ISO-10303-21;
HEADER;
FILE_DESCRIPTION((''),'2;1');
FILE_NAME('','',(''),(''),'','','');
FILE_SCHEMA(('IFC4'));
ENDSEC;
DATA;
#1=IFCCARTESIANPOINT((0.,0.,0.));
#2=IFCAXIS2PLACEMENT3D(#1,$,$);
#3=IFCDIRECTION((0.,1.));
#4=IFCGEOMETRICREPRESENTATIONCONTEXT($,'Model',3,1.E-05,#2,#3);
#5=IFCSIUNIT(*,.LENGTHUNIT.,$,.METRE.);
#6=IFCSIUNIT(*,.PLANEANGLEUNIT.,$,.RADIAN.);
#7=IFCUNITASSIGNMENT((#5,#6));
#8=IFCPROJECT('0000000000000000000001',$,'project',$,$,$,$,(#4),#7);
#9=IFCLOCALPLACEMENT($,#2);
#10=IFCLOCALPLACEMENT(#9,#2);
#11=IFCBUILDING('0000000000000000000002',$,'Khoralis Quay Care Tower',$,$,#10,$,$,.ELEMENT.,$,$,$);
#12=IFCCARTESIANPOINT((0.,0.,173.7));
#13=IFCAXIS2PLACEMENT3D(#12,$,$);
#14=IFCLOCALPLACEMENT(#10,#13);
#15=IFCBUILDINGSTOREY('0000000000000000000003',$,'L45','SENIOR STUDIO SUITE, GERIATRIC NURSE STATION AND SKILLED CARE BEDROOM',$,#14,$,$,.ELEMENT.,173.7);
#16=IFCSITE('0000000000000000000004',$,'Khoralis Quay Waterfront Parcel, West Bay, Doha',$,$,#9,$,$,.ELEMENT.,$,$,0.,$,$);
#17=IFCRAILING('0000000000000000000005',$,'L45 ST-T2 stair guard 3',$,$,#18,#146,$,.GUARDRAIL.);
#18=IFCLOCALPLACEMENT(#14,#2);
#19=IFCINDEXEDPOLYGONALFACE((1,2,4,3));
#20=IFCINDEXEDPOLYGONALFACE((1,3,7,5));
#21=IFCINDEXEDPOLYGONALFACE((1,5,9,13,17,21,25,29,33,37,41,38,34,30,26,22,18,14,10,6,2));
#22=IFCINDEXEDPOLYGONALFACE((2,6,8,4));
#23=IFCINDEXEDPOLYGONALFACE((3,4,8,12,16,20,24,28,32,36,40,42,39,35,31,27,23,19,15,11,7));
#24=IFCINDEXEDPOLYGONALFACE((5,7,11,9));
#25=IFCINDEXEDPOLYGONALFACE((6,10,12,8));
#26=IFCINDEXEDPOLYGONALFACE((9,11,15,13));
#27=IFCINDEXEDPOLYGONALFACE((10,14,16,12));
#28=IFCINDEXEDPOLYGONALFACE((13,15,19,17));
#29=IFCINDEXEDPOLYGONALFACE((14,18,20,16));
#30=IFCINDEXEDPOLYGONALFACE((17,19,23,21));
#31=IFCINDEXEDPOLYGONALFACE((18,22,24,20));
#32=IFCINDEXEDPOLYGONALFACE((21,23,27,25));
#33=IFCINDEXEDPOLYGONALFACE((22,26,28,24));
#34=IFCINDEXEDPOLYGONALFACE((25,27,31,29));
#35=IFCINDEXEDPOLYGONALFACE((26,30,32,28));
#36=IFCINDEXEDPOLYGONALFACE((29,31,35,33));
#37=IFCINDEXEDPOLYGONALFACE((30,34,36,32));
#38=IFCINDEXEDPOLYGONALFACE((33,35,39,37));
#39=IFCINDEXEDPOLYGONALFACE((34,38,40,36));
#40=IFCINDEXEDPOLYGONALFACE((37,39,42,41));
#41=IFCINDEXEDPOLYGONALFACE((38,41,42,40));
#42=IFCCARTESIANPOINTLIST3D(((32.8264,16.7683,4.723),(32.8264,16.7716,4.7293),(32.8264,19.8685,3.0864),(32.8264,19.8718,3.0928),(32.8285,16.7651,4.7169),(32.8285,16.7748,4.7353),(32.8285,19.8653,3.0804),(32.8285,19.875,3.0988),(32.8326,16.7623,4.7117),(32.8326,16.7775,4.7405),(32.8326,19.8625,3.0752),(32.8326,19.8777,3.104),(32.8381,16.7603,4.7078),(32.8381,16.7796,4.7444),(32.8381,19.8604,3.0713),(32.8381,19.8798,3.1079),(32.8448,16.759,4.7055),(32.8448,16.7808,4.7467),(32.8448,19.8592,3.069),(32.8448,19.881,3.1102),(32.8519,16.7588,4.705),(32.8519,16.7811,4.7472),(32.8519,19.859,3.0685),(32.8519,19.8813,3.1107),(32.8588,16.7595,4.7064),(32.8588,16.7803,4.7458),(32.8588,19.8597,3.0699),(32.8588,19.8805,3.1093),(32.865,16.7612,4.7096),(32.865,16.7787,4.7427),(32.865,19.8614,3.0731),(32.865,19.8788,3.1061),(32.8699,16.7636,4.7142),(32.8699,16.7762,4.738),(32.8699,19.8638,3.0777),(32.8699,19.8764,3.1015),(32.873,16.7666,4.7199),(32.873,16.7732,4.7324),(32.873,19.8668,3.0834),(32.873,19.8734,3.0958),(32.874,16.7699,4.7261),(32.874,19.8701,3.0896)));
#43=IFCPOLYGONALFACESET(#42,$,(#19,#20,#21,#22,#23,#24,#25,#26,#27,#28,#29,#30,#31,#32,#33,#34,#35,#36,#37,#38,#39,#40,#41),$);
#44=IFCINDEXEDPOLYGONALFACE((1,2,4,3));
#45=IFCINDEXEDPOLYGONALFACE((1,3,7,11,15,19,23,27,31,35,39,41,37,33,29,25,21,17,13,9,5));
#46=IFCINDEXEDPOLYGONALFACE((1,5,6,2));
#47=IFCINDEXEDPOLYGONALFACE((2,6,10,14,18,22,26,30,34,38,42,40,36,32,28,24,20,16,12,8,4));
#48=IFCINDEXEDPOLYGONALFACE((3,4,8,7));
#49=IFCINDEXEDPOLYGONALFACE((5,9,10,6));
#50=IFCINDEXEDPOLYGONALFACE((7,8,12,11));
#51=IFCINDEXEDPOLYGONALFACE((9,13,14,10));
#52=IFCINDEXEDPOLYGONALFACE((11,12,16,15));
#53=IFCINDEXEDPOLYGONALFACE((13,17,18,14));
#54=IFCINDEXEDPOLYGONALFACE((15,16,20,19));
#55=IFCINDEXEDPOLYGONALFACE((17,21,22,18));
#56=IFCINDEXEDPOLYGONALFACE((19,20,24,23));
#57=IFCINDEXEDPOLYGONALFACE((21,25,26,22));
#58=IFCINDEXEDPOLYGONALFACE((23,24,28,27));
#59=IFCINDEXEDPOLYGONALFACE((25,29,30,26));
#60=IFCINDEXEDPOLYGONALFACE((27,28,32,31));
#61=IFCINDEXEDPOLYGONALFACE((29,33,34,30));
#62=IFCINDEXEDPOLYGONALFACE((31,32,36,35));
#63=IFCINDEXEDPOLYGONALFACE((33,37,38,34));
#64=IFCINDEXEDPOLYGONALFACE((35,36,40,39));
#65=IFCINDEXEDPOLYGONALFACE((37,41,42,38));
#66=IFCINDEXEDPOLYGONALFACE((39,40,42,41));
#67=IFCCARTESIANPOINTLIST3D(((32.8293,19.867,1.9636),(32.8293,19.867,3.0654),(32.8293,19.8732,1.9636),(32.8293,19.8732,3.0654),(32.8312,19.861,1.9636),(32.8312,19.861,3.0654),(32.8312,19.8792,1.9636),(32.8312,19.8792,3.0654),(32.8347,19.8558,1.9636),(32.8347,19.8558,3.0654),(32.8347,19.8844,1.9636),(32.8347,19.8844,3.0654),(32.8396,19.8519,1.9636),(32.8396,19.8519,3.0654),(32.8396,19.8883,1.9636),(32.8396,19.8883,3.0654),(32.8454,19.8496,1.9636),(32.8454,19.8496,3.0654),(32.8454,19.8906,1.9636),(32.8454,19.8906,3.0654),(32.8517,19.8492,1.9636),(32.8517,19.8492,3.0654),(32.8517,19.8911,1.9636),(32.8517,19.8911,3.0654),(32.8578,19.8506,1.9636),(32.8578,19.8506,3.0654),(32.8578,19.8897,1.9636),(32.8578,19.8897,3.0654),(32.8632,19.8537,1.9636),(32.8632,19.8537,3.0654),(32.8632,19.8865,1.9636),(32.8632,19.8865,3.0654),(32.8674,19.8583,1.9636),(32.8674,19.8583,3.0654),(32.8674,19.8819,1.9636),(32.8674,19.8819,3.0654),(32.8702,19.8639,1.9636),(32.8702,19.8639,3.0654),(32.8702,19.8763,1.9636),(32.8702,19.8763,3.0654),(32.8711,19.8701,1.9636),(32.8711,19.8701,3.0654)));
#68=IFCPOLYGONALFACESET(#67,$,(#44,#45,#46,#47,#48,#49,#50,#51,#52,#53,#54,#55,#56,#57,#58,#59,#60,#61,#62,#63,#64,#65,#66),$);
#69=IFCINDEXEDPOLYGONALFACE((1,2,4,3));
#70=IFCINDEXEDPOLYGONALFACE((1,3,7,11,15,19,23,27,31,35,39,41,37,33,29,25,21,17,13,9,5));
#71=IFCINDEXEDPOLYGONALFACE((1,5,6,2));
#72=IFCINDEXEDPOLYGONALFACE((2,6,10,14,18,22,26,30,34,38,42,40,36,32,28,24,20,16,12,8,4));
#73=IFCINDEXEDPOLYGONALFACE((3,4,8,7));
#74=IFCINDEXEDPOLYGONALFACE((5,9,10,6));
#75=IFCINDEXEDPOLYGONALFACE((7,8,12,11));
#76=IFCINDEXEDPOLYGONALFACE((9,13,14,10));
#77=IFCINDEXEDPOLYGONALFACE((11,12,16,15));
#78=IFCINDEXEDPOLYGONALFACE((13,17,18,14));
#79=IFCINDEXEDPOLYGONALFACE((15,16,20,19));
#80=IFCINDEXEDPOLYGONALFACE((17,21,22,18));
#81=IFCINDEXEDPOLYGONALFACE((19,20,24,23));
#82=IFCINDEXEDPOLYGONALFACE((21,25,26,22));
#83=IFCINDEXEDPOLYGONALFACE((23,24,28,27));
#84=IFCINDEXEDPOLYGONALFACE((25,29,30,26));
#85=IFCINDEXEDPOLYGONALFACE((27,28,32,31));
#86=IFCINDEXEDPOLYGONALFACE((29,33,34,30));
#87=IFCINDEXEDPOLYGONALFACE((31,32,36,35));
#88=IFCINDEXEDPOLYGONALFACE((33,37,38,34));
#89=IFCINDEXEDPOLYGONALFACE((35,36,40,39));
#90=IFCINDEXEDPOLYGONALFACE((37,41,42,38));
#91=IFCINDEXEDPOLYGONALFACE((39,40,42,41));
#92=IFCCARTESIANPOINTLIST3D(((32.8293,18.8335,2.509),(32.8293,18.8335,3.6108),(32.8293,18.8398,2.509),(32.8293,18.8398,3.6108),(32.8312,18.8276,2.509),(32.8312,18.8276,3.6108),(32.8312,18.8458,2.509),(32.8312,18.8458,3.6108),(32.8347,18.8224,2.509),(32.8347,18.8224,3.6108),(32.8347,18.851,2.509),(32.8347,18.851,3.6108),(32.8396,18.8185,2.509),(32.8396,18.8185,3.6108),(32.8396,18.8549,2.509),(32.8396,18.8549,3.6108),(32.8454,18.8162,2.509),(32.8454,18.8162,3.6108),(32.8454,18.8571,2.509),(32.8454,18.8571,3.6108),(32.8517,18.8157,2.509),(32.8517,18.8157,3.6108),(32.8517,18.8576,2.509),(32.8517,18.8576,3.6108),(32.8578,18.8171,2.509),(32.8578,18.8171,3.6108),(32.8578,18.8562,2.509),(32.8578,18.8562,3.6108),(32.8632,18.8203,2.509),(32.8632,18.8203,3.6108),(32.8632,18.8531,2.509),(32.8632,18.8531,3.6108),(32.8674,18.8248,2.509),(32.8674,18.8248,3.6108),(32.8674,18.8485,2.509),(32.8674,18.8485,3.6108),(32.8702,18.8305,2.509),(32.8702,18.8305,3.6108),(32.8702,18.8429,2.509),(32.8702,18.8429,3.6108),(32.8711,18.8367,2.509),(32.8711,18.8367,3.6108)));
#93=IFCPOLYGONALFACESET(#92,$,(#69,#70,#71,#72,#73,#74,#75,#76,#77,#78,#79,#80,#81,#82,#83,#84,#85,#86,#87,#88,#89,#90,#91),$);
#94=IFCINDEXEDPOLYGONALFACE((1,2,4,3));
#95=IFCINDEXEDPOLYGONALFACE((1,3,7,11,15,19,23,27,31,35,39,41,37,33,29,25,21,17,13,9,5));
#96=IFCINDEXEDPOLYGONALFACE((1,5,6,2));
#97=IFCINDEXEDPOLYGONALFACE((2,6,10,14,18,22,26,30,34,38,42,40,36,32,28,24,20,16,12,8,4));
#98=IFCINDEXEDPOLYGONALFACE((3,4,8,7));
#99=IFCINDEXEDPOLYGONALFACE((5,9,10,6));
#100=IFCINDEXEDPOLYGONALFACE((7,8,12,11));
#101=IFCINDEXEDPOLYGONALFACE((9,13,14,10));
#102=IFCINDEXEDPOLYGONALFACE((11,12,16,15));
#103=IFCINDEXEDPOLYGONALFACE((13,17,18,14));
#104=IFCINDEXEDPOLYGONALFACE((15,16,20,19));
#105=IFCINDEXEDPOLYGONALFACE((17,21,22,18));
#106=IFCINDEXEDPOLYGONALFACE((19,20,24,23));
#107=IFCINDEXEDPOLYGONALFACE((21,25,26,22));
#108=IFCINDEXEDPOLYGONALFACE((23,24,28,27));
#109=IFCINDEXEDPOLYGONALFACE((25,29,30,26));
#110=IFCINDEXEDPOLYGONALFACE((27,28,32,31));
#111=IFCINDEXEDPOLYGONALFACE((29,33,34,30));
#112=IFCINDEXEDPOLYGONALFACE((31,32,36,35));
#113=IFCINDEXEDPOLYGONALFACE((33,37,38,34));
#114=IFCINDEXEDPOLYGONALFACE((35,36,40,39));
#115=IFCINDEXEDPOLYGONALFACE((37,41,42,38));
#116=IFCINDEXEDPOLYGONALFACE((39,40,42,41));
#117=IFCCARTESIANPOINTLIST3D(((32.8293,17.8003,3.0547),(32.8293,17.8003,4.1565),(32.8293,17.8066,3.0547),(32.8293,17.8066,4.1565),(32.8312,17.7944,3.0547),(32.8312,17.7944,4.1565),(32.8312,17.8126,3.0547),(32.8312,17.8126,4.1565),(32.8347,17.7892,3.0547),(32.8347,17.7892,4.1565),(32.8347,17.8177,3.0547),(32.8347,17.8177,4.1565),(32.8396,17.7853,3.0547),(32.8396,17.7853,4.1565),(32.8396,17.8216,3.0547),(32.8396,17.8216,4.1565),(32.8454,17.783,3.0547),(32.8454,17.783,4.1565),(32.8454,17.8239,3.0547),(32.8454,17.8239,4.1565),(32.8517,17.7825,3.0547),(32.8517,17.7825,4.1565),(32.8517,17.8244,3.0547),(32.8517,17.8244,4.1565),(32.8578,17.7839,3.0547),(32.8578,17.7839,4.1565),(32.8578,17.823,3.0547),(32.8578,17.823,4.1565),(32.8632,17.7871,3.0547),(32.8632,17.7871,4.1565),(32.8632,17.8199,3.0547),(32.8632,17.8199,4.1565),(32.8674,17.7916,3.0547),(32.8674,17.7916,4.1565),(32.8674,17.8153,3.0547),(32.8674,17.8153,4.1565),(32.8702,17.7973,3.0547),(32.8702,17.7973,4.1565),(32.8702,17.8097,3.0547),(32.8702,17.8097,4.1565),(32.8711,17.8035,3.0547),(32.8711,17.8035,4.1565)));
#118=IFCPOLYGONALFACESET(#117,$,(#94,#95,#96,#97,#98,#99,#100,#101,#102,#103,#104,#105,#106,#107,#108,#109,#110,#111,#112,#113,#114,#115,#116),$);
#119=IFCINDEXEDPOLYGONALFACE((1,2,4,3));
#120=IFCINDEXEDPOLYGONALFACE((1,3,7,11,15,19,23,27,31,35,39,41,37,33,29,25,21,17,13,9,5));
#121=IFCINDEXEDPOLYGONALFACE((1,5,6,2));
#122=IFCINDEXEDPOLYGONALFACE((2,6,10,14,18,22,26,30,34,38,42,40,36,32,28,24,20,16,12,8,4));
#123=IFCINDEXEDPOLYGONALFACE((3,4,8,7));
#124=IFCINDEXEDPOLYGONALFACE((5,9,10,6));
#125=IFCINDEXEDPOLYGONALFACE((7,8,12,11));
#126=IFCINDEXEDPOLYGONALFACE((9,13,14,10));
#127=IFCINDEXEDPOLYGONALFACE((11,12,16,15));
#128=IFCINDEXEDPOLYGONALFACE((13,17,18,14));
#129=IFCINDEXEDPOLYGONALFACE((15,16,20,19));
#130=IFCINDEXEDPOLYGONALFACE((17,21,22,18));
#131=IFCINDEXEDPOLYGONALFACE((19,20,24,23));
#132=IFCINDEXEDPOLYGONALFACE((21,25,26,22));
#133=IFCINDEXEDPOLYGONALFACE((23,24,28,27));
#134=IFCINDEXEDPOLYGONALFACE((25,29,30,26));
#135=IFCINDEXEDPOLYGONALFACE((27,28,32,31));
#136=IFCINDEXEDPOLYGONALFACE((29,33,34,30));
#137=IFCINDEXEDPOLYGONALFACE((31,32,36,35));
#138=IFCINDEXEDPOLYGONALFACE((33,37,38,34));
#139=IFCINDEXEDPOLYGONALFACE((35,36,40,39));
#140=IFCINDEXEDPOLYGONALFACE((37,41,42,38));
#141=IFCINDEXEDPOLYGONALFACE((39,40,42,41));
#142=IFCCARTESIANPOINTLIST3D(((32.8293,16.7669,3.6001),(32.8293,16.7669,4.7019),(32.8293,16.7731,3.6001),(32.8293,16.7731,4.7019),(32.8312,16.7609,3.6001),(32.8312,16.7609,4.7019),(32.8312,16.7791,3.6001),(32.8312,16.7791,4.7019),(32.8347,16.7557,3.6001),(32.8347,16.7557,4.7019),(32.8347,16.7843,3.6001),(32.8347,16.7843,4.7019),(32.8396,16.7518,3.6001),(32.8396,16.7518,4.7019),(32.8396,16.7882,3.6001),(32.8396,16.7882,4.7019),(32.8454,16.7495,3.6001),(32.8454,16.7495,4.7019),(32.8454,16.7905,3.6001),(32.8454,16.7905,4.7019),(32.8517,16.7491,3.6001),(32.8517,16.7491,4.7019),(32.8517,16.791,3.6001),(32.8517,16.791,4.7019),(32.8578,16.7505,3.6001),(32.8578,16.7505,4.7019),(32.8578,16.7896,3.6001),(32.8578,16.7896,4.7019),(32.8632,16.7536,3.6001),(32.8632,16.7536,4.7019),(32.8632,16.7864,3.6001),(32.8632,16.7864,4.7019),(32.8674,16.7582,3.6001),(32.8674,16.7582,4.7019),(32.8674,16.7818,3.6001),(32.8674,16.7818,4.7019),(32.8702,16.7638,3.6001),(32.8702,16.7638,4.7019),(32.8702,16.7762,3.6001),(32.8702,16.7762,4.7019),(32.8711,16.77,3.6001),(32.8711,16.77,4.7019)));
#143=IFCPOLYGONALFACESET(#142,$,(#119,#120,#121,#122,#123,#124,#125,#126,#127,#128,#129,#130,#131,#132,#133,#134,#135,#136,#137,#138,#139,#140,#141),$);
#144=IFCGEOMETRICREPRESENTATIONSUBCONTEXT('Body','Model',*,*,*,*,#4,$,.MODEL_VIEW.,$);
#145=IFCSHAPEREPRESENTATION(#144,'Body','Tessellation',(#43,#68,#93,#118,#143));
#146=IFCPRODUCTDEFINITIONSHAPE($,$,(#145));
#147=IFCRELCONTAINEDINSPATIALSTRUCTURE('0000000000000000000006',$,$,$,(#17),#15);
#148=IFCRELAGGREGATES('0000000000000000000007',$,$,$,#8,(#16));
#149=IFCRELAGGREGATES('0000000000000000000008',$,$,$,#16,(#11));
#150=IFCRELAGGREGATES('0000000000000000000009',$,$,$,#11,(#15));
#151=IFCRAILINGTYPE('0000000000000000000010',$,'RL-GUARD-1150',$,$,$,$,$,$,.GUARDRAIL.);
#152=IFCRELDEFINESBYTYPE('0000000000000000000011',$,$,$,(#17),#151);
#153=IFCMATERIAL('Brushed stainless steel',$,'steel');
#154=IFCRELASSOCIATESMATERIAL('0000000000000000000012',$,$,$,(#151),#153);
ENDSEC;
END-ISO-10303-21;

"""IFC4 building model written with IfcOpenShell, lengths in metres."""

from ifc_helpers import new_model, si_unit, direction, frame, origin, origin_2d, place, context, subcontext, project, spatial, circle, extrude, material, type_object, element, save


model = new_model("IFC4")

# Units and contexts
model_context = context("Model", 3, precision=1e-05, world=origin(), true_north=direction((0.0, 1.0)))
body_context = subcontext(model_context, "Body", "Model", "MODEL_VIEW")
ifc_project = project(units=[si_unit("LENGTHUNIT", "METRE"), si_unit("PLANEANGLEUNIT", "RADIAN")], contexts=[model_context])

# Site, building, storey
site_placement = place(None, origin())
site = spatial("IfcSite", under=ifc_project, at=site_placement, Name="Khoralis Quay Waterfront Parcel, West Bay, Doha", CompositionType="ELEMENT", RefElevation=0.0)
building_placement = place(site_placement, origin())
building = spatial("IfcBuilding", under=site, at=building_placement, Name="Khoralis Quay Care Tower", CompositionType="ELEMENT")
storey_placement = place(building_placement, frame((0.0, 0.0, 173.7)))
storey = spatial("IfcBuildingStorey", under=building, at=storey_placement, Name="L45", Description="SENIOR STUDIO SUITE, GERIATRIC NURSE STATION AND SKILLED CARE BEDROOM", CompositionType="ELEMENT", Elevation=173.7)

# Railing
ifc_material_1 = material(Name="Brushed stainless steel", Category="steel")
railing_type_1 = type_object("IfcRailingType", Name="RL-GUARD-1150", PredefinedType="GUARDRAIL", material=ifc_material_1)
railing_1_placement = place(storey_placement, frame((32.8501, 19.8701, 1.9636)))
element("IfcRailing", 1, at=railing_1_placement, inside=storey, type_object=railing_type_1, Name="L45 ST-T2 stair guard 3", PredefinedType="GUARDRAIL", context=body_context, shape_type="SweptSolid", body=[
    extrude(circle(Radius=0.0239, at=origin_2d()), frame((0.0, 0.0, 1.126), z_axis=(0.0, -0.884348, 0.466828), x_axis=(1.0, 0.0, 0.0)), (0.0, 0.0, 1.0), 3.5056),
    extrude(circle(Radius=0.021, at=origin_2d()), origin(), (0.0, 0.0, 1.0), 1.1018),
    extrude(circle(Radius=0.021, at=origin_2d()), frame((0.0, -1.0334, 0.5454)), (0.0, 0.0, 1.0), 1.1018),
    extrude(circle(Radius=0.021, at=origin_2d()), frame((0.0, -2.0667, 1.0911)), (0.0, 0.0, 1.0), 1.1018),
    extrude(circle(Radius=0.021, at=origin_2d()), frame((0.0, -3.1001, 1.6365)), (0.0, 0.0, 1.0), 1.1018),
])

save(model, "model.ifc")
